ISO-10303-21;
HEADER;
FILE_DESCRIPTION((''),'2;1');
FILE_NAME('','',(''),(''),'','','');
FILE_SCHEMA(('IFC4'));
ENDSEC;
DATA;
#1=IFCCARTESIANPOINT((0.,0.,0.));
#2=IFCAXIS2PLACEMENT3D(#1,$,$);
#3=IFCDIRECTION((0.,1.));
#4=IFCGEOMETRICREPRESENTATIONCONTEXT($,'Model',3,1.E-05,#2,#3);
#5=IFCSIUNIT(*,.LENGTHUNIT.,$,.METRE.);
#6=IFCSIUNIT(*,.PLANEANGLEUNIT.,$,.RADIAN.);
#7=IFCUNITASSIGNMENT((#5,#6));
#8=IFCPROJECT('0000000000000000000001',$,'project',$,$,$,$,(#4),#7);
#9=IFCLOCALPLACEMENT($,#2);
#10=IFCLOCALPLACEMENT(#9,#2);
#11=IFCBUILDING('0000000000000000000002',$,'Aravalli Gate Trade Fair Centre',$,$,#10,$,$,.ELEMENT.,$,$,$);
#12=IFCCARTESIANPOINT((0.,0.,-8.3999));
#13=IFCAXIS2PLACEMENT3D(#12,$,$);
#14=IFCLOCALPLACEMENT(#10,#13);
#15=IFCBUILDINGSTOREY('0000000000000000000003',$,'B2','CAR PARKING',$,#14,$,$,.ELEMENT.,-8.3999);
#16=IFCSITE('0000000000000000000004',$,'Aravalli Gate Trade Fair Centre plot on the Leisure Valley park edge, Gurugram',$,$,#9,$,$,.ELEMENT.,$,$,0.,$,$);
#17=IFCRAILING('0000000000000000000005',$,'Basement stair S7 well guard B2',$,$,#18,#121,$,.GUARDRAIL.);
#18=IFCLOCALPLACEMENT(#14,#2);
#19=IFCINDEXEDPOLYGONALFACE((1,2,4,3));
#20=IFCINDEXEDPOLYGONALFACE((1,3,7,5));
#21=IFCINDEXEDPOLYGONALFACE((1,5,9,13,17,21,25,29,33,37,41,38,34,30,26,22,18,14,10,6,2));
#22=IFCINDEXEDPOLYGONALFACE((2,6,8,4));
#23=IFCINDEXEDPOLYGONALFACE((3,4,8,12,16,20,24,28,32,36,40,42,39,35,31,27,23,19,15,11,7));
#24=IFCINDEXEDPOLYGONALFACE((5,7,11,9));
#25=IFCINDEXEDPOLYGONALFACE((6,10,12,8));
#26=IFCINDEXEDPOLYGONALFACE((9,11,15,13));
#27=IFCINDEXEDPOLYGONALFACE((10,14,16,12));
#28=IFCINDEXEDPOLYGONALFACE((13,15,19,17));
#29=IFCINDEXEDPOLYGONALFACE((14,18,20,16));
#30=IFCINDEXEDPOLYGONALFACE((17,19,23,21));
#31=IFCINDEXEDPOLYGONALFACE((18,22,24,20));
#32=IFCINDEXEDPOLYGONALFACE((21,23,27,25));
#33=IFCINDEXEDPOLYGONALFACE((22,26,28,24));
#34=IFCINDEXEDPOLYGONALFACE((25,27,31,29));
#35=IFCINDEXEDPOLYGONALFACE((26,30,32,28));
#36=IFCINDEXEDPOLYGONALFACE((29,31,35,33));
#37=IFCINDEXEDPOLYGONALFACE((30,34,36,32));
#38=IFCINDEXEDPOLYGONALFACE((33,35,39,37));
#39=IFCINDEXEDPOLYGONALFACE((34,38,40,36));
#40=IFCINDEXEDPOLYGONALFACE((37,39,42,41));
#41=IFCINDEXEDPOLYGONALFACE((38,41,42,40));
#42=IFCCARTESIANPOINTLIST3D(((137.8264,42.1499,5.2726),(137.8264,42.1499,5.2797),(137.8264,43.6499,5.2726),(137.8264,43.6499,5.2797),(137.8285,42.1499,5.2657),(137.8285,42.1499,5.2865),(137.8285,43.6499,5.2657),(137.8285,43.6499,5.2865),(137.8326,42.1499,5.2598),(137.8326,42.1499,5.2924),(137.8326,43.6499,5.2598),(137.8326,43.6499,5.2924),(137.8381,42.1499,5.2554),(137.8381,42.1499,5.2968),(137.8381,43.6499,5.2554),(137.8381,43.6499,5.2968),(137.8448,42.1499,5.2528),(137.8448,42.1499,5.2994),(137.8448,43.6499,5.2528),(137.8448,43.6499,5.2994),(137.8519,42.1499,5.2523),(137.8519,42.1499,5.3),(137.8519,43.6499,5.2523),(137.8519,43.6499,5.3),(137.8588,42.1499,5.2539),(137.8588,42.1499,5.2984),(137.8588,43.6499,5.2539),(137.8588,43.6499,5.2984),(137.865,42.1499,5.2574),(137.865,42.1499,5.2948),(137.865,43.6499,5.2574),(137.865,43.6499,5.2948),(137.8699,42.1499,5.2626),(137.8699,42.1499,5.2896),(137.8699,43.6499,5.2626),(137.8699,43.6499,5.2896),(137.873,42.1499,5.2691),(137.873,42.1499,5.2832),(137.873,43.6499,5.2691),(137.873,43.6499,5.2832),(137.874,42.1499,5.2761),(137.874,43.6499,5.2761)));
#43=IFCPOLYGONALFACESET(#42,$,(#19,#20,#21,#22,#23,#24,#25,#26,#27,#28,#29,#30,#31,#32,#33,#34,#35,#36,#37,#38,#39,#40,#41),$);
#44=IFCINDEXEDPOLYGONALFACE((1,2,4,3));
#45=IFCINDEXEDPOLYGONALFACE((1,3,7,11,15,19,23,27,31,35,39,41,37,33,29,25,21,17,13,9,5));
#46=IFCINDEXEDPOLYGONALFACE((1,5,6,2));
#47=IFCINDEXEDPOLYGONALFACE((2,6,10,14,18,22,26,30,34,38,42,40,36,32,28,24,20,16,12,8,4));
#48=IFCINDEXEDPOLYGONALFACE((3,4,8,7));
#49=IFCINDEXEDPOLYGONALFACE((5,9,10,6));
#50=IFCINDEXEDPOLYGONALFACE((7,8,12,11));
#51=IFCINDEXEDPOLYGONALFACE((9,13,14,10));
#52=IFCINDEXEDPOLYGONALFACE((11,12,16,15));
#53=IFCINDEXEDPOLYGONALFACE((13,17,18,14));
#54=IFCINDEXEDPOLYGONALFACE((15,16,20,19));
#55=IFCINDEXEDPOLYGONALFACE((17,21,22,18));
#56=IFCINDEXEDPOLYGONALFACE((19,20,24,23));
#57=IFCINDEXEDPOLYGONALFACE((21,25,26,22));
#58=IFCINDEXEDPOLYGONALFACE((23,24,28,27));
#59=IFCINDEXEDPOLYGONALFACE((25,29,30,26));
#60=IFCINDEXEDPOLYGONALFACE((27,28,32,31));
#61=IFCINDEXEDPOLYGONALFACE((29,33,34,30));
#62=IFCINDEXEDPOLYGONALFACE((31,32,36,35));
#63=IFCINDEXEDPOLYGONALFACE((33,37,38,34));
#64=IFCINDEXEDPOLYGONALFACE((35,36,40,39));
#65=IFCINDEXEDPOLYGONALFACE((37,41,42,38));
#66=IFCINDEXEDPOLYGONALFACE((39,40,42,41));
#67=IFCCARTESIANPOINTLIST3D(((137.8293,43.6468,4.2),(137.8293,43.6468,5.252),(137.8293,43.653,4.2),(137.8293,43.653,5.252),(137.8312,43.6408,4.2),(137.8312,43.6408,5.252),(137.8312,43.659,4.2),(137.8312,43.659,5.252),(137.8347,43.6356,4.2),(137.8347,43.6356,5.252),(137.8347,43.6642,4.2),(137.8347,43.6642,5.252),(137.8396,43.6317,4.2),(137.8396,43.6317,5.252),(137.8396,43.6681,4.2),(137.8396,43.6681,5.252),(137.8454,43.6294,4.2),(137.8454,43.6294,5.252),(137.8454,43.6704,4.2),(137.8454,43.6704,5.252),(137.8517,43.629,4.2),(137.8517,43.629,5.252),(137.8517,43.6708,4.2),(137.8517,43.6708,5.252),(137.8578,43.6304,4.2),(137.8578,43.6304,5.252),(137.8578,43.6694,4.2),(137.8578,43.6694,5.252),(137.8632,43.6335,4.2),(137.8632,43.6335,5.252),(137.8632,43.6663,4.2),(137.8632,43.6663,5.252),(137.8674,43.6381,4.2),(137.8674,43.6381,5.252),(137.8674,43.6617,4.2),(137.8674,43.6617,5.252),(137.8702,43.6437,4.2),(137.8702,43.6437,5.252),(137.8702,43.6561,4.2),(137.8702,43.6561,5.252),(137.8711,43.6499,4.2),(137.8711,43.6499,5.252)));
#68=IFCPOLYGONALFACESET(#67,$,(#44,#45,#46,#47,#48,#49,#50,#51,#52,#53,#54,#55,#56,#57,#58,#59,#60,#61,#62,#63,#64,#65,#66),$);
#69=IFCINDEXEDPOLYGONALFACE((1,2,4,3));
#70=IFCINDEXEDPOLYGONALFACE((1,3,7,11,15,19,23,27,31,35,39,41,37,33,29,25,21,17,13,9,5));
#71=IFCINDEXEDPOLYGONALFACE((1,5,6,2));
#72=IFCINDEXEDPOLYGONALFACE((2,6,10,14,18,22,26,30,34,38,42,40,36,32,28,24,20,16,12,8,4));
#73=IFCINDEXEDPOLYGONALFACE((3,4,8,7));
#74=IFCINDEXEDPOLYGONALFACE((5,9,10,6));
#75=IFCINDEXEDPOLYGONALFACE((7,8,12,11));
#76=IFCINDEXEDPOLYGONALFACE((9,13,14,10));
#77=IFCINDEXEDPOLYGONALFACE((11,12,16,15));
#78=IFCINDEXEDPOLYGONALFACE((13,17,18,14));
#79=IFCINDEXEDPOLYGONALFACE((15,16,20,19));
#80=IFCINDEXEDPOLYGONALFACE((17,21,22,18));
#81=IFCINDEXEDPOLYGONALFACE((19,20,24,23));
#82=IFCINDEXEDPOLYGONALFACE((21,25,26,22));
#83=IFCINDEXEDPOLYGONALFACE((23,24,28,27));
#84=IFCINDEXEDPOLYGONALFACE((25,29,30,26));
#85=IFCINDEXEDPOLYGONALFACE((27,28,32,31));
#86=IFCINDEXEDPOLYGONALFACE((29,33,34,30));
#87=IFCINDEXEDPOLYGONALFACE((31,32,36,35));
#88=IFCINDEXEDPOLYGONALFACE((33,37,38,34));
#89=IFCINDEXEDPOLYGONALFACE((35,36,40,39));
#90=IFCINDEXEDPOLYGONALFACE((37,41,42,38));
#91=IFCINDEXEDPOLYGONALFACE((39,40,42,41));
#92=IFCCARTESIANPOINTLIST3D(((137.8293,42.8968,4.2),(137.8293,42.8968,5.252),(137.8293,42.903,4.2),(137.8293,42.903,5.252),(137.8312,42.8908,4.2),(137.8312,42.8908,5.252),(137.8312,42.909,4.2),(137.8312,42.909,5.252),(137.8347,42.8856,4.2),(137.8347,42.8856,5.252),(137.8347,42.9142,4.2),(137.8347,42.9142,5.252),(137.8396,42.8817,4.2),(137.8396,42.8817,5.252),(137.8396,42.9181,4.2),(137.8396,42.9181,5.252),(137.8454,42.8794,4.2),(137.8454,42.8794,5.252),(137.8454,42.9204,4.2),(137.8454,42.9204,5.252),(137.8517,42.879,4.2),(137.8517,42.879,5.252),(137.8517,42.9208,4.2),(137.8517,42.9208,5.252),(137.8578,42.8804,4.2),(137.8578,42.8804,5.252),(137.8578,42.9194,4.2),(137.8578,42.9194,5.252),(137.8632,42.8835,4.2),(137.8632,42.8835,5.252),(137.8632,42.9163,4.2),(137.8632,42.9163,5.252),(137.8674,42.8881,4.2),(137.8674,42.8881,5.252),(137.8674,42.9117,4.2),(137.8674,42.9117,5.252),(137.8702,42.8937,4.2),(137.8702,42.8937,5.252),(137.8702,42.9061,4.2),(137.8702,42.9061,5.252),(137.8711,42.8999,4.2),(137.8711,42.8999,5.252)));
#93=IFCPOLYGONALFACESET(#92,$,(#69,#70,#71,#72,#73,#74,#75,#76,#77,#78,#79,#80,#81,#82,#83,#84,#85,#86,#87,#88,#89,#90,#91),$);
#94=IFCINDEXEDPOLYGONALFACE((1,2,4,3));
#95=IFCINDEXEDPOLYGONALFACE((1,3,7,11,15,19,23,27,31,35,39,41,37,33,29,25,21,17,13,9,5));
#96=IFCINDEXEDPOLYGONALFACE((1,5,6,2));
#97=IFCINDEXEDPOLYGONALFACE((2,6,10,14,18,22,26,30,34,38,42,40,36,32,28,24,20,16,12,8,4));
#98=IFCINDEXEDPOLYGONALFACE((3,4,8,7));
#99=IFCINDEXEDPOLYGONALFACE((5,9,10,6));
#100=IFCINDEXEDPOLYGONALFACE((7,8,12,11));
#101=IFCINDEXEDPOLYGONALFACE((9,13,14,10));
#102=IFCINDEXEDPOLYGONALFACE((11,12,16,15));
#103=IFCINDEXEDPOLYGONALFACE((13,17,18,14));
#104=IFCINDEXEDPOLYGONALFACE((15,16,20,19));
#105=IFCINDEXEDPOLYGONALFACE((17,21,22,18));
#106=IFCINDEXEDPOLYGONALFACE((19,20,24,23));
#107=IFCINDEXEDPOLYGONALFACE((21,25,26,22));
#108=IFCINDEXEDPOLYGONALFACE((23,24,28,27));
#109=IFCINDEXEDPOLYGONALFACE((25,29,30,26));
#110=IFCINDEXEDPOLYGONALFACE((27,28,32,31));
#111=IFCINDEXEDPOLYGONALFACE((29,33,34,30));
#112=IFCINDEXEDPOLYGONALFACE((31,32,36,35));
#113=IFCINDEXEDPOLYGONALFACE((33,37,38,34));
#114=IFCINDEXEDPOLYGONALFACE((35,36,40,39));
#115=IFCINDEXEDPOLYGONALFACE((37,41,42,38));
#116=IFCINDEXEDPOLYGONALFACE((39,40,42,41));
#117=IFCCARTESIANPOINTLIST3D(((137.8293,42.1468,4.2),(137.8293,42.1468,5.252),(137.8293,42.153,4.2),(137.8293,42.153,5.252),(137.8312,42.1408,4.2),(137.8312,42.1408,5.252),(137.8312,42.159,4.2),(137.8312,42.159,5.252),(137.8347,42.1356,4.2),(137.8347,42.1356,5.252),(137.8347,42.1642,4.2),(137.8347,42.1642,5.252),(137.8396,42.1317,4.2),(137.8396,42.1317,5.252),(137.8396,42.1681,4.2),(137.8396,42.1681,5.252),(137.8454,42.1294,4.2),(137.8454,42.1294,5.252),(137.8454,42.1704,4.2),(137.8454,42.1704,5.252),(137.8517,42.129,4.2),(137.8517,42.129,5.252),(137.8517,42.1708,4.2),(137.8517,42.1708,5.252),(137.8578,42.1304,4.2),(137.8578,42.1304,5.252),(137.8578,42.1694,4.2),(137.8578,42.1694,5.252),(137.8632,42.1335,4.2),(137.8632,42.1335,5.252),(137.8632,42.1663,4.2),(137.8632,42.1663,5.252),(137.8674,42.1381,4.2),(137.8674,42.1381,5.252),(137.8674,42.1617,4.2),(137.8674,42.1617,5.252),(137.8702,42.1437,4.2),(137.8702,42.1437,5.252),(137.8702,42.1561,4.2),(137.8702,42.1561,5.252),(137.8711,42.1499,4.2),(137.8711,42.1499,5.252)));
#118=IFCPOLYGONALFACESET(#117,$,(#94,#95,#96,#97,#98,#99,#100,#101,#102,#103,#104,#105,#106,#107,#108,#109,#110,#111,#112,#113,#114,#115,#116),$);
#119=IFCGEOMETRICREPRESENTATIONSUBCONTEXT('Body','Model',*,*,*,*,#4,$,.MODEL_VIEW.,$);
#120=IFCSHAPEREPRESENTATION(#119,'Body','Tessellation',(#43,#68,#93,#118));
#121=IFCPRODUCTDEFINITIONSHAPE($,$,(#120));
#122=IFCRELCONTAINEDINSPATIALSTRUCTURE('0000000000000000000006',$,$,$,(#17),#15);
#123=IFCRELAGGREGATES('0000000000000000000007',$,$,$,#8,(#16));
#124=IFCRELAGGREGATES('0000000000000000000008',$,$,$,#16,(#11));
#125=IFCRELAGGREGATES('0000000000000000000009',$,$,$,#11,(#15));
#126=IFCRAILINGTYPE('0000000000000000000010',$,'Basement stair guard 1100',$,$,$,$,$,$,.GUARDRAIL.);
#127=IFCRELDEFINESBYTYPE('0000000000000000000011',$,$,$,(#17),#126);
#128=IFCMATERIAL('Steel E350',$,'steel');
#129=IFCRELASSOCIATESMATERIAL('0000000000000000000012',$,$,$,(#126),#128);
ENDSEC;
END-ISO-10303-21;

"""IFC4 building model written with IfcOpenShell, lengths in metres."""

from ifc_helpers import new_model, si_unit, direction, frame, origin, origin_2d, place, context, subcontext, project, spatial, circle, extrude, material, type_object, element, save


model = new_model("IFC4")

# Units and contexts
model_context = context("Model", 3, precision=1e-05, world=origin(), true_north=direction((0.0, 1.0)))
body_context = subcontext(model_context, "Body", "Model", "MODEL_VIEW")
ifc_project = project(units=[si_unit("LENGTHUNIT", "METRE"), si_unit("PLANEANGLEUNIT", "RADIAN")], contexts=[model_context])

# Site, building, storey
site_placement = place(None, origin())
site = spatial("IfcSite", under=ifc_project, at=site_placement, Name="Aravalli Gate Trade Fair Centre plot on the Leisure Valley park edge, Gurugram", CompositionType="ELEMENT", RefElevation=0.0)
building_placement = place(site_placement, origin())
building = spatial("IfcBuilding", under=site, at=building_placement, Name="Aravalli Gate Trade Fair Centre", CompositionType="ELEMENT")
storey_placement = place(building_placement, frame((0.0, 0.0, -8.3999)))
storey = spatial("IfcBuildingStorey", under=building, at=storey_placement, Name="B2", Description="CAR PARKING", CompositionType="ELEMENT", Elevation=-8.3999)

# Railing
ifc_material_1 = material(Name="Steel E350", Category="steel")
railing_type_1 = type_object("IfcRailingType", Name="Basement stair guard 1100", PredefinedType="GUARDRAIL", material=ifc_material_1)
railing_1_placement = place(storey_placement, frame((137.8501, 43.6499, 4.2)))
element("IfcRailing", 1, at=railing_1_placement, inside=storey, type_object=railing_type_1, Name="Basement stair S7 well guard B2", PredefinedType="GUARDRAIL", context=body_context, shape_type="SweptSolid", body=[
    extrude(circle(Radius=0.0239, at=origin_2d()), frame((0.0, 0.0, 1.0762), z_axis=(0.0, -1.0, 0.0), x_axis=(1.0, 0.0, 0.0)), (0.0, 0.0, 1.0), 1.5),
    extrude(circle(Radius=0.021, at=origin_2d()), origin(), (0.0, 0.0, 1.0), 1.052),
    extrude(circle(Radius=0.021, at=origin_2d()), frame((0.0, -0.75, 0.0)), (0.0, 0.0, 1.0), 1.052),
    extrude(circle(Radius=0.021, at=origin_2d()), frame((0.0, -1.5, 0.0)), (0.0, 0.0, 1.0), 1.052),
])

save(model, "model.ifc")
